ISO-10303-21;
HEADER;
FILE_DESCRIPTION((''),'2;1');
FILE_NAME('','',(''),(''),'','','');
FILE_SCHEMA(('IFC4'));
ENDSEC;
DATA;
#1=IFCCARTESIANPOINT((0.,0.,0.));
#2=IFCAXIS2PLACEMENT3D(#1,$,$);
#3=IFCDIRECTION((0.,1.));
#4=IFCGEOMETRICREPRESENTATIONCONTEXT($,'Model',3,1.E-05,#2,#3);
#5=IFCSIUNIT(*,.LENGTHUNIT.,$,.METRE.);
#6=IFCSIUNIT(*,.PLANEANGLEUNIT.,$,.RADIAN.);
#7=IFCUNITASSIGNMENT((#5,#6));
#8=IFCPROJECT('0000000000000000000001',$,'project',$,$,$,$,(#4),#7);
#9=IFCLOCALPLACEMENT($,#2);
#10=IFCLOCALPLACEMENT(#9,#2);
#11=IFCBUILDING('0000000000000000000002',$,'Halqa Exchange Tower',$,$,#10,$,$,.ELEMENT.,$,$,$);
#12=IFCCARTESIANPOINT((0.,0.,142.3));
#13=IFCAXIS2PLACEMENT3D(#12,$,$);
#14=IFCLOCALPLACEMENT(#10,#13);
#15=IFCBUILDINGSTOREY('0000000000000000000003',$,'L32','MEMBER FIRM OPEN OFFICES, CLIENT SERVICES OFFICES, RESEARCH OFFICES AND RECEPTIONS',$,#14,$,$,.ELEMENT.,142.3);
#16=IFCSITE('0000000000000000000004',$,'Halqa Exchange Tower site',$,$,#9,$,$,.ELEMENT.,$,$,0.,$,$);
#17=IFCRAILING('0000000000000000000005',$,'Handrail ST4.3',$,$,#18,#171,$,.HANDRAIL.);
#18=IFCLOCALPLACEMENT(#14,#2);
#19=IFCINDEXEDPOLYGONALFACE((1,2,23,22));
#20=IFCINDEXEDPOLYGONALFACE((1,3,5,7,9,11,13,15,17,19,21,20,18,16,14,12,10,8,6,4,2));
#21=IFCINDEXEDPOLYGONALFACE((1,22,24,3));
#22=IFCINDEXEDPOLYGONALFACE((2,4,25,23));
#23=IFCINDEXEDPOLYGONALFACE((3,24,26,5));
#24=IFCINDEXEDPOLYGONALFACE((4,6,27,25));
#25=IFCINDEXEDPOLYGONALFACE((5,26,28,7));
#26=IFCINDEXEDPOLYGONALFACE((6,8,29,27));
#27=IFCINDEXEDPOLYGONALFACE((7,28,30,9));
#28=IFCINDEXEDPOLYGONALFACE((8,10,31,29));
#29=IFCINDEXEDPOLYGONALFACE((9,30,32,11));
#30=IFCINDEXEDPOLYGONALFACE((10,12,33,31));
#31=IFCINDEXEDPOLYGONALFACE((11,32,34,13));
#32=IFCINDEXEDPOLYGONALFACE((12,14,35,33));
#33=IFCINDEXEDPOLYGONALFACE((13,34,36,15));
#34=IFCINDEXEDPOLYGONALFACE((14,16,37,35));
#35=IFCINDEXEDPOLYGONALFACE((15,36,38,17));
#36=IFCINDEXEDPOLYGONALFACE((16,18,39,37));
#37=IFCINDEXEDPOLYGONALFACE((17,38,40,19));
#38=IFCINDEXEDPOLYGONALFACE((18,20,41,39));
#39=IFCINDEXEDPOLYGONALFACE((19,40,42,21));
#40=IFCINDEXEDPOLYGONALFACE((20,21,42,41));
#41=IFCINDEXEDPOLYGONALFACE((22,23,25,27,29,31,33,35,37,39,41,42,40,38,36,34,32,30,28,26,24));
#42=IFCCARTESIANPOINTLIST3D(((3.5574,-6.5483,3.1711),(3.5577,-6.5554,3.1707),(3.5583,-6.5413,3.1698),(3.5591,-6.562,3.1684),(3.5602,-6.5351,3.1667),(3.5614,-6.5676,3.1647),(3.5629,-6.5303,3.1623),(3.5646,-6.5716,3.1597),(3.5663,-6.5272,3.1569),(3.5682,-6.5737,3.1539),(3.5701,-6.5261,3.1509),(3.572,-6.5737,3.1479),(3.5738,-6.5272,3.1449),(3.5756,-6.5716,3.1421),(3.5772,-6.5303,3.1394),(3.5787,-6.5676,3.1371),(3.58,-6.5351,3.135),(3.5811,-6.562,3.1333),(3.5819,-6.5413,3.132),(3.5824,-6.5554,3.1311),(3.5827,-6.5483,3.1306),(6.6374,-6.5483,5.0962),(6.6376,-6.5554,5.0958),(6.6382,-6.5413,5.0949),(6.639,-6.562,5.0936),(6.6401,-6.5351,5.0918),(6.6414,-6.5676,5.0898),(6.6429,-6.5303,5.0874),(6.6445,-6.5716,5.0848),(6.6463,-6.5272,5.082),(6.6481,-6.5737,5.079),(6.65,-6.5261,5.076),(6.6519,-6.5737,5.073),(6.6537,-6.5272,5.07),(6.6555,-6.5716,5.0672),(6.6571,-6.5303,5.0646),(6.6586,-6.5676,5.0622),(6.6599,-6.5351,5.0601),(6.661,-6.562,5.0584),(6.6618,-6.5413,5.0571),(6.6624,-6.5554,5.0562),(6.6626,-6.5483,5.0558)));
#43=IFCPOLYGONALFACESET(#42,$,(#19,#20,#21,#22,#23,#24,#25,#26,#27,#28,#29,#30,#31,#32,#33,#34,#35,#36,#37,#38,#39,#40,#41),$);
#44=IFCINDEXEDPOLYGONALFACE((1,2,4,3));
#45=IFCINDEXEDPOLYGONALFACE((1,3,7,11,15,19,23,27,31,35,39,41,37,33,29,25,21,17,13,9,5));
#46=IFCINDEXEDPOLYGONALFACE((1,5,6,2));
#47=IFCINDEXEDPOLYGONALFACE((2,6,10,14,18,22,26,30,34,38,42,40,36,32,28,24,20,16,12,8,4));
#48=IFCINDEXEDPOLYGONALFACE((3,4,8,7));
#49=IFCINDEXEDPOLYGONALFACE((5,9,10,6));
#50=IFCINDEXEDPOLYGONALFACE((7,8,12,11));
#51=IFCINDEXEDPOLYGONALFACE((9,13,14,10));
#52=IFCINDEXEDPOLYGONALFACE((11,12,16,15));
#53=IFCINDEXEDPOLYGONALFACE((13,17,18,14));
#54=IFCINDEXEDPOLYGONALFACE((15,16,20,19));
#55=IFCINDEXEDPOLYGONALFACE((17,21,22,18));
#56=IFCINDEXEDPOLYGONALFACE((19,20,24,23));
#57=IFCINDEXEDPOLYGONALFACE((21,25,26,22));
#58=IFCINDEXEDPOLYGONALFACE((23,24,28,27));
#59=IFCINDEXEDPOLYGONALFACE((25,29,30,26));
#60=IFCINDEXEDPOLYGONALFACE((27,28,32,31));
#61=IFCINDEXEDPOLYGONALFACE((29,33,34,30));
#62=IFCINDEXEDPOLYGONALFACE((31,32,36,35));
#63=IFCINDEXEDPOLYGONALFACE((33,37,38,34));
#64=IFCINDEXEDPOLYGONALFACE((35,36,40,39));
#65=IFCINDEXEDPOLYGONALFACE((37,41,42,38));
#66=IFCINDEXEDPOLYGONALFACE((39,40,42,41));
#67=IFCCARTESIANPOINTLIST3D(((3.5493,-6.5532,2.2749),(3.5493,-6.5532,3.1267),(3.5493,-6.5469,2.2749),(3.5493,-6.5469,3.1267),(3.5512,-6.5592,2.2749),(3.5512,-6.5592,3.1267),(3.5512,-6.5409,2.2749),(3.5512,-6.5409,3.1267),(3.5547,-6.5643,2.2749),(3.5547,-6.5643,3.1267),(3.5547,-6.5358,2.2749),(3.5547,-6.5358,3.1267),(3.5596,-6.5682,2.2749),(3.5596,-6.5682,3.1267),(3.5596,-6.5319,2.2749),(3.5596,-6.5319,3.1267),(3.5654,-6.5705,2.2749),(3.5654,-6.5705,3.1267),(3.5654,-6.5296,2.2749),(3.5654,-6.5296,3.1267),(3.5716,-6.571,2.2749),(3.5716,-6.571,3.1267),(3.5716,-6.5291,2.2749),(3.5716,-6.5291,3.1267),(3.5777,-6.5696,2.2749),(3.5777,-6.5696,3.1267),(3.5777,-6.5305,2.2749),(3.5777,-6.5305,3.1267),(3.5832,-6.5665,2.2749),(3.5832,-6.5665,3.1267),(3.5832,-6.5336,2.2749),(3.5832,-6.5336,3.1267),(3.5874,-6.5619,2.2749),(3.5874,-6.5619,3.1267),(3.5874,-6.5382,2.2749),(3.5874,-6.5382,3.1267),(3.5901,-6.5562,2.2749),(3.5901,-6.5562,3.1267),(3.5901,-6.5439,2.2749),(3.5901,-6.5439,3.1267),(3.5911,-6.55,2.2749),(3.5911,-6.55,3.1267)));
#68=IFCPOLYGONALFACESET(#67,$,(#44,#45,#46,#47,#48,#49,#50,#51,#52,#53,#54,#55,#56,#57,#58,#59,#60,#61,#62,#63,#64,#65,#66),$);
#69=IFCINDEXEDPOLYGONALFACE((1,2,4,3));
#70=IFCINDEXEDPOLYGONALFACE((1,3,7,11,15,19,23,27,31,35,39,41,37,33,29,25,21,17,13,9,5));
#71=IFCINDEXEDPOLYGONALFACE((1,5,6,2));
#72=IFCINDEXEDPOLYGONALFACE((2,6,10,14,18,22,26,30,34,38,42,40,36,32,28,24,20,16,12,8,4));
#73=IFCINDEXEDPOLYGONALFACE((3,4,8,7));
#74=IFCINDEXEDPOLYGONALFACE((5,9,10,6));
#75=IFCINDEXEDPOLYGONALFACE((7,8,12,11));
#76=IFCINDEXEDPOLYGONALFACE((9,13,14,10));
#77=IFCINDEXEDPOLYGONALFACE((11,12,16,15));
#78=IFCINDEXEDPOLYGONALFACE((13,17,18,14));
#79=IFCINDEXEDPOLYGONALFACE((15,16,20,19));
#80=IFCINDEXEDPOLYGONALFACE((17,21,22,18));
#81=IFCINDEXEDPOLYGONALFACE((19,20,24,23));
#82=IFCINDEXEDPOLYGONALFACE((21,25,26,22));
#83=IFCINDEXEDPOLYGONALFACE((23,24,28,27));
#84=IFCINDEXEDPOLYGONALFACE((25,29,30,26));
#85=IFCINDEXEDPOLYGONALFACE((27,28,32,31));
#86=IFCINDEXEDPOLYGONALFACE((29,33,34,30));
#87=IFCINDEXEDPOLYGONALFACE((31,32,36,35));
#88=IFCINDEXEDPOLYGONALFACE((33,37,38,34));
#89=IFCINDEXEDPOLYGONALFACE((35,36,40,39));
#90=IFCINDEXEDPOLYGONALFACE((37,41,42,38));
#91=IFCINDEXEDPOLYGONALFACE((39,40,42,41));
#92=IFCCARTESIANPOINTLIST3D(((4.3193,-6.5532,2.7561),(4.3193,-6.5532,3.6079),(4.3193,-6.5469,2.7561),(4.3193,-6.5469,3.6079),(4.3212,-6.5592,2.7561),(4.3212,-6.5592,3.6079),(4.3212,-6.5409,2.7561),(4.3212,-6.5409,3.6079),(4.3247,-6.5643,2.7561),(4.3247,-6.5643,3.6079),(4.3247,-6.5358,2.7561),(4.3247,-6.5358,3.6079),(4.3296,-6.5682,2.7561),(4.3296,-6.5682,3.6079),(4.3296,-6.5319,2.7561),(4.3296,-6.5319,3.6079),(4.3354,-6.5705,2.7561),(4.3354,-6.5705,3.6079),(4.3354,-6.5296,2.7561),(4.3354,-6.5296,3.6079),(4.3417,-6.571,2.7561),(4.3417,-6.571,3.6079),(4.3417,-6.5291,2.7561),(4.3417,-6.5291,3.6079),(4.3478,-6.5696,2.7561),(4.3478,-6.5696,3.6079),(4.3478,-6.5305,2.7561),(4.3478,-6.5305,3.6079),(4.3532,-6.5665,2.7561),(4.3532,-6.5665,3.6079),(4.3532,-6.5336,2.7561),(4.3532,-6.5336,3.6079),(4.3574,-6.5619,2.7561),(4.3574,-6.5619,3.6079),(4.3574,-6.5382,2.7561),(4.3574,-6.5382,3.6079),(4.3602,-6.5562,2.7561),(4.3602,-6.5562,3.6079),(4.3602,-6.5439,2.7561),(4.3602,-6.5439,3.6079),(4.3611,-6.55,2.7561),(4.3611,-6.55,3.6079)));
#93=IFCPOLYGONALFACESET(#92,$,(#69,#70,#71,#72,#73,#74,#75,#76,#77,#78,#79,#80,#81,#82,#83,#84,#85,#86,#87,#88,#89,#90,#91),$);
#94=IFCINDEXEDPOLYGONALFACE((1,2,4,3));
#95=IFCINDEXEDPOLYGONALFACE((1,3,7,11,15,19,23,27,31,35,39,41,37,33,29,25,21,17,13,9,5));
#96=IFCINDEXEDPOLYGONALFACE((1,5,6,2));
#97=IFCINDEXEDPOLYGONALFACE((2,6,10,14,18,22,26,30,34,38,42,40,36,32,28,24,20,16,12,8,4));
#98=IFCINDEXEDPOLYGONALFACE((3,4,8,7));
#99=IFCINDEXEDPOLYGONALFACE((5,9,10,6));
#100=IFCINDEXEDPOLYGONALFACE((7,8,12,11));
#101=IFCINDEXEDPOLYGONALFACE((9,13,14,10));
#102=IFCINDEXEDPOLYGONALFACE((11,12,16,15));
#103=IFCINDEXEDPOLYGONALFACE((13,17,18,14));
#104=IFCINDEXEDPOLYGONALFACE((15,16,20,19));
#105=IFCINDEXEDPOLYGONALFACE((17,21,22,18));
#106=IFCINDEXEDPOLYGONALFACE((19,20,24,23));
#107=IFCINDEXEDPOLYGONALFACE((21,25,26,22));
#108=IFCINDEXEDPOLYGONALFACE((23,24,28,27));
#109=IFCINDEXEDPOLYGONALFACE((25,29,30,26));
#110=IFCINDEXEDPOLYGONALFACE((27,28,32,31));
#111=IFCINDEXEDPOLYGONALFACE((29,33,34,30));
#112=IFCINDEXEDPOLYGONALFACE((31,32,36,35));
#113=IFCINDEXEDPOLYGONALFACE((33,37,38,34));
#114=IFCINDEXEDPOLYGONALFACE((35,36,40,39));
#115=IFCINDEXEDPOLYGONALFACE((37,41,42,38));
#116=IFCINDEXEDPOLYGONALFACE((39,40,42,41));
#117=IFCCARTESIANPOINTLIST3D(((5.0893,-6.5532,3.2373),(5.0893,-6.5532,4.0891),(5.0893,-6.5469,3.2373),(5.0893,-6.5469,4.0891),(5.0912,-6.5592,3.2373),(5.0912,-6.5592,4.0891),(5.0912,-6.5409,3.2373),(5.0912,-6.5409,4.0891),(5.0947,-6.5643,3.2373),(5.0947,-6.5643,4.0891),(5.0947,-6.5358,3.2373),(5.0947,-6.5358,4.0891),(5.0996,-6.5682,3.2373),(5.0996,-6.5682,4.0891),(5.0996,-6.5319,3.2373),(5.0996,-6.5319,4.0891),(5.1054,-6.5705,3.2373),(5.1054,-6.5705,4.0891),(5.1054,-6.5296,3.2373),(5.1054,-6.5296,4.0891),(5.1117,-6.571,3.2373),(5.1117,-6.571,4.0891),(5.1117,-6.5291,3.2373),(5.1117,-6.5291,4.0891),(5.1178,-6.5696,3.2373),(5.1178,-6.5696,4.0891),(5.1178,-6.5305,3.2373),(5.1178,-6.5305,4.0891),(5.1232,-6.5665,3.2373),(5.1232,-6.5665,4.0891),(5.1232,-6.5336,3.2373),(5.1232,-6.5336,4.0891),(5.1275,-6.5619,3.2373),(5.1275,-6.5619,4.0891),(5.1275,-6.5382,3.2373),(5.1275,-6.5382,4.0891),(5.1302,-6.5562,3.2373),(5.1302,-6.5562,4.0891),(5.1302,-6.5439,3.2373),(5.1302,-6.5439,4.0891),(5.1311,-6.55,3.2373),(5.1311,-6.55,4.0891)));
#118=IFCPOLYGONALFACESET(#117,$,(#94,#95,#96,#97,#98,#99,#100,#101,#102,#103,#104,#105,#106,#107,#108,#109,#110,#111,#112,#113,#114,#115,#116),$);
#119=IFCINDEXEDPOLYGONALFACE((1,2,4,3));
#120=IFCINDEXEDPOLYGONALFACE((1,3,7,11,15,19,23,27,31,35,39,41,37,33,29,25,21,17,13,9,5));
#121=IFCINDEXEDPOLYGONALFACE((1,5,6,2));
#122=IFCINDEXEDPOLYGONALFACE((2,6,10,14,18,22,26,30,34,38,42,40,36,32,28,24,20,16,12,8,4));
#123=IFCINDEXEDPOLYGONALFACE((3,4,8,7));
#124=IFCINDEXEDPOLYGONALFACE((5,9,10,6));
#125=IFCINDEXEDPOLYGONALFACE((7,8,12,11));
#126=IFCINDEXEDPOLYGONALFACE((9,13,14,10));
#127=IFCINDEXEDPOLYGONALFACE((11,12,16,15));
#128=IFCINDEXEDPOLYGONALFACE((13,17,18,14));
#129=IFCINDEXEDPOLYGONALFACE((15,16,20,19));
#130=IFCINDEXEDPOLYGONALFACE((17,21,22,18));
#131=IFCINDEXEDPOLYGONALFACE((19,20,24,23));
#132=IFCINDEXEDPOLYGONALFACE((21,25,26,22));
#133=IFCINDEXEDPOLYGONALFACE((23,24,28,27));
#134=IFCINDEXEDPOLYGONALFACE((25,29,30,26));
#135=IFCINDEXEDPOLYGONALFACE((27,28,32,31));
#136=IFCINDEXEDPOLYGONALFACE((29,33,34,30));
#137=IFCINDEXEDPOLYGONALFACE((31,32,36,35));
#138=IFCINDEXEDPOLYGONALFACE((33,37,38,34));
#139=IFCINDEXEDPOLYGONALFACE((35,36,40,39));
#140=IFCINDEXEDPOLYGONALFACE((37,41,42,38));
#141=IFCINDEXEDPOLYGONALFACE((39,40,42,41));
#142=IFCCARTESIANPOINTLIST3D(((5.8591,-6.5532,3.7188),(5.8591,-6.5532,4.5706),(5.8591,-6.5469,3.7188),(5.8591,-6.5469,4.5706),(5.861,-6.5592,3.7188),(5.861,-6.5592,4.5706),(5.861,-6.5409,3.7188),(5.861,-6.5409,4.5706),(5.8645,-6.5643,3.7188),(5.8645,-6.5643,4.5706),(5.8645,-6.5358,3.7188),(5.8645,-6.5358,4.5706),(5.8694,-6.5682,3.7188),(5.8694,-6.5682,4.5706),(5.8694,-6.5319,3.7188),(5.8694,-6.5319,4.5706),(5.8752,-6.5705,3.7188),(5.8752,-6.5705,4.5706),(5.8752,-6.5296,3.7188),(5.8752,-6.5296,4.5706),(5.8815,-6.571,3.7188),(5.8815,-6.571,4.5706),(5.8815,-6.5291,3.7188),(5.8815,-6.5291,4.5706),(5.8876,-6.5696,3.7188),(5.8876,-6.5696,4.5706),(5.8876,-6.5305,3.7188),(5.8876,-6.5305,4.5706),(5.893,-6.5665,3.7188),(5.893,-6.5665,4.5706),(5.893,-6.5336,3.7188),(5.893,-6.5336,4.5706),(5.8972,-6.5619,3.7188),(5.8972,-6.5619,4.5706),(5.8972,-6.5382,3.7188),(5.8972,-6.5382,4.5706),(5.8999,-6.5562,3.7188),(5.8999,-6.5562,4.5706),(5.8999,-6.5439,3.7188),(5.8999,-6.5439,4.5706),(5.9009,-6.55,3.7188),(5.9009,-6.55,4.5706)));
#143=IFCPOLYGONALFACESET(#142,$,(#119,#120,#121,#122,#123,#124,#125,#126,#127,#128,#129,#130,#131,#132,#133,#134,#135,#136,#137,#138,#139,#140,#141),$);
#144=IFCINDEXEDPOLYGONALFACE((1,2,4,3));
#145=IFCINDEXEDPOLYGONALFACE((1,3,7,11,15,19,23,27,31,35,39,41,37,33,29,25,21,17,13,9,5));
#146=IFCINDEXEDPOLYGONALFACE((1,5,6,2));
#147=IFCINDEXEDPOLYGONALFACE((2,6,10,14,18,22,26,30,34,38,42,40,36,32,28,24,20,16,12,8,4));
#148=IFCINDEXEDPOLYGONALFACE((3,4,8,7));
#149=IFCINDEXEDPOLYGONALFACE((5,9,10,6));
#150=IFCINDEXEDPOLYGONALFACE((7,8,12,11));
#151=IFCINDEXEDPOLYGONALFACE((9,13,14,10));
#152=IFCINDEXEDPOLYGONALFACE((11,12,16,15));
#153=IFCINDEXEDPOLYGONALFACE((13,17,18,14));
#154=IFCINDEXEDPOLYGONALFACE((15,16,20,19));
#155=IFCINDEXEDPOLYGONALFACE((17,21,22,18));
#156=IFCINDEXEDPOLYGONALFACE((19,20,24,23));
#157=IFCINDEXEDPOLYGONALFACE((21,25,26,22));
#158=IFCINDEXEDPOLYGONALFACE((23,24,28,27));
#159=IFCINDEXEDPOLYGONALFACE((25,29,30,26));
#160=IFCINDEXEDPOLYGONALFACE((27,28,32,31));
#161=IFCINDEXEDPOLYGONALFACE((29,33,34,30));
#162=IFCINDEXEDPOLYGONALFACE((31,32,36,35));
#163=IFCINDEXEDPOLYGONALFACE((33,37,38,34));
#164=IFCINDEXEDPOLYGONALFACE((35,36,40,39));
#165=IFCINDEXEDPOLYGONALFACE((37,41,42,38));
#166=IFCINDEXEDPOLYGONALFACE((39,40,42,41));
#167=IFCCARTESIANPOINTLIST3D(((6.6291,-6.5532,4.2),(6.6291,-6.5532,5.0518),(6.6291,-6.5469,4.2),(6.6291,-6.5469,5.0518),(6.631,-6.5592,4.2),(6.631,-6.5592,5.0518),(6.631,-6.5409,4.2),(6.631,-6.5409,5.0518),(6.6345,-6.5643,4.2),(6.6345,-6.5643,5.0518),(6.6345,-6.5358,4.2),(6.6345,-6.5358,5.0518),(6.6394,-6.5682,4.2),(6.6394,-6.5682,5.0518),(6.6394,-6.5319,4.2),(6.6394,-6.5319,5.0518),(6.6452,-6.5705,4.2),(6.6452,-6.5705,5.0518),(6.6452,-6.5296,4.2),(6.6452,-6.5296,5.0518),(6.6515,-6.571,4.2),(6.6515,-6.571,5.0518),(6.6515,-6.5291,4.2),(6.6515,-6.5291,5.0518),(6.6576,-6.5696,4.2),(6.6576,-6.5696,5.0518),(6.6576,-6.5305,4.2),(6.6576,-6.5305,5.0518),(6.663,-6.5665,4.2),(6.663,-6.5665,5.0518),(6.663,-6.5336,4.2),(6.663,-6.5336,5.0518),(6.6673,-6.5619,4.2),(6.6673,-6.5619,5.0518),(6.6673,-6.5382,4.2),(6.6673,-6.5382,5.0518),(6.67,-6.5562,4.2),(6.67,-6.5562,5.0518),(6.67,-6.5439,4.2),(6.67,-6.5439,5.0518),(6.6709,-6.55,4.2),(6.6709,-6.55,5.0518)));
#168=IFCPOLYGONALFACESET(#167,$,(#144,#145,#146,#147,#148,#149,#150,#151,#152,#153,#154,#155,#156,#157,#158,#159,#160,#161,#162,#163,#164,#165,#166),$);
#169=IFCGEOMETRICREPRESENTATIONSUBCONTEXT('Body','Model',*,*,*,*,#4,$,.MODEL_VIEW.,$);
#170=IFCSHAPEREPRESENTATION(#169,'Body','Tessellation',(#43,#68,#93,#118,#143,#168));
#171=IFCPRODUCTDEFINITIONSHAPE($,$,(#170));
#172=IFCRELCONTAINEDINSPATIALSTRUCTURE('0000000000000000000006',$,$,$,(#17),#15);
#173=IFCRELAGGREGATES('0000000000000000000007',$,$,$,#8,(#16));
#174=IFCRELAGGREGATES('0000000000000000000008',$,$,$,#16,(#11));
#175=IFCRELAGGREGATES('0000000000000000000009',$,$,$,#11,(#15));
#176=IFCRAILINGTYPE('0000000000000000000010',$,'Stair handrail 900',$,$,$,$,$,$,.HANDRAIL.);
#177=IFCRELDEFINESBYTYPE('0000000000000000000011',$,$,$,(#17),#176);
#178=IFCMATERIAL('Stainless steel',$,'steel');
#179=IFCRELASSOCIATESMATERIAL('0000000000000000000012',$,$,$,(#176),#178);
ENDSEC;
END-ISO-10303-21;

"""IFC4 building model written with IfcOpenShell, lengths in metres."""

from ifc_helpers import new_model, si_unit, direction, frame, origin, origin_2d, place, context, subcontext, project, spatial, circle, extrude, material, type_object, element, save


model = new_model("IFC4")

# Units and contexts
model_context = context("Model", 3, precision=1e-05, world=origin(), true_north=direction((0.0, 1.0)))
body_context = subcontext(model_context, "Body", "Model", "MODEL_VIEW")
ifc_project = project(units=[si_unit("LENGTHUNIT", "METRE"), si_unit("PLANEANGLEUNIT", "RADIAN")], contexts=[model_context])

# Site, building, storey
site_placement = place(None, origin())
site = spatial("IfcSite", under=ifc_project, at=site_placement, Name="Halqa Exchange Tower site", CompositionType="ELEMENT", RefElevation=0.0)
building_placement = place(site_placement, origin())
building = spatial("IfcBuilding", under=site, at=building_placement, Name="Halqa Exchange Tower", CompositionType="ELEMENT")
storey_placement = place(building_placement, frame((0.0, 0.0, 142.3)))
storey = spatial("IfcBuildingStorey", under=building, at=storey_placement, Name="L32", Description="MEMBER FIRM OPEN OFFICES, CLIENT SERVICES OFFICES, RESEARCH OFFICES AND RECEPTIONS", CompositionType="ELEMENT", Elevation=142.3)

# Railing
ifc_material_1 = material(Name="Stainless steel", Category="steel")
railing_type_1 = type_object("IfcRailingType", Name="Stair handrail 900", PredefinedType="HANDRAIL", material=ifc_material_1)
railing_1_placement = place(storey_placement, frame((3.5701, -6.55, 2.2749)))
element("IfcRailing", 1, at=railing_1_placement, inside=storey, type_object=railing_type_1, Name="Handrail ST4.3", PredefinedType="HANDRAIL", context=body_context, shape_type="SweptSolid", body=[
    extrude(circle(Radius=0.0239, at=origin_2d()), frame((0.0, 0.0, 0.876), z_axis=(0.847979, 0.0, 0.530029), x_axis=(0.0, 1.0, 0.0)), (0.0, 0.0, 1.0), 3.6321),
    extrude(circle(Radius=0.021, at=origin_2d()), origin(), (0.0, 0.0, 1.0), 0.8518),
    extrude(circle(Radius=0.021, at=origin_2d()), frame((0.77, 0.0, 0.4812)), (0.0, 0.0, 1.0), 0.8518),
    extrude(circle(Radius=0.021, at=origin_2d()), frame((1.54, 0.0, 0.9624)), (0.0, 0.0, 1.0), 0.8518),
    extrude(circle(Radius=0.021, at=origin_2d()), frame((2.3098, 0.0, 1.4438)), (0.0, 0.0, 1.0), 0.8518),
    extrude(circle(Radius=0.021, at=origin_2d()), frame((3.0798, 0.0, 1.925)), (0.0, 0.0, 1.0), 0.8518),
])

save(model, "model.ifc")
